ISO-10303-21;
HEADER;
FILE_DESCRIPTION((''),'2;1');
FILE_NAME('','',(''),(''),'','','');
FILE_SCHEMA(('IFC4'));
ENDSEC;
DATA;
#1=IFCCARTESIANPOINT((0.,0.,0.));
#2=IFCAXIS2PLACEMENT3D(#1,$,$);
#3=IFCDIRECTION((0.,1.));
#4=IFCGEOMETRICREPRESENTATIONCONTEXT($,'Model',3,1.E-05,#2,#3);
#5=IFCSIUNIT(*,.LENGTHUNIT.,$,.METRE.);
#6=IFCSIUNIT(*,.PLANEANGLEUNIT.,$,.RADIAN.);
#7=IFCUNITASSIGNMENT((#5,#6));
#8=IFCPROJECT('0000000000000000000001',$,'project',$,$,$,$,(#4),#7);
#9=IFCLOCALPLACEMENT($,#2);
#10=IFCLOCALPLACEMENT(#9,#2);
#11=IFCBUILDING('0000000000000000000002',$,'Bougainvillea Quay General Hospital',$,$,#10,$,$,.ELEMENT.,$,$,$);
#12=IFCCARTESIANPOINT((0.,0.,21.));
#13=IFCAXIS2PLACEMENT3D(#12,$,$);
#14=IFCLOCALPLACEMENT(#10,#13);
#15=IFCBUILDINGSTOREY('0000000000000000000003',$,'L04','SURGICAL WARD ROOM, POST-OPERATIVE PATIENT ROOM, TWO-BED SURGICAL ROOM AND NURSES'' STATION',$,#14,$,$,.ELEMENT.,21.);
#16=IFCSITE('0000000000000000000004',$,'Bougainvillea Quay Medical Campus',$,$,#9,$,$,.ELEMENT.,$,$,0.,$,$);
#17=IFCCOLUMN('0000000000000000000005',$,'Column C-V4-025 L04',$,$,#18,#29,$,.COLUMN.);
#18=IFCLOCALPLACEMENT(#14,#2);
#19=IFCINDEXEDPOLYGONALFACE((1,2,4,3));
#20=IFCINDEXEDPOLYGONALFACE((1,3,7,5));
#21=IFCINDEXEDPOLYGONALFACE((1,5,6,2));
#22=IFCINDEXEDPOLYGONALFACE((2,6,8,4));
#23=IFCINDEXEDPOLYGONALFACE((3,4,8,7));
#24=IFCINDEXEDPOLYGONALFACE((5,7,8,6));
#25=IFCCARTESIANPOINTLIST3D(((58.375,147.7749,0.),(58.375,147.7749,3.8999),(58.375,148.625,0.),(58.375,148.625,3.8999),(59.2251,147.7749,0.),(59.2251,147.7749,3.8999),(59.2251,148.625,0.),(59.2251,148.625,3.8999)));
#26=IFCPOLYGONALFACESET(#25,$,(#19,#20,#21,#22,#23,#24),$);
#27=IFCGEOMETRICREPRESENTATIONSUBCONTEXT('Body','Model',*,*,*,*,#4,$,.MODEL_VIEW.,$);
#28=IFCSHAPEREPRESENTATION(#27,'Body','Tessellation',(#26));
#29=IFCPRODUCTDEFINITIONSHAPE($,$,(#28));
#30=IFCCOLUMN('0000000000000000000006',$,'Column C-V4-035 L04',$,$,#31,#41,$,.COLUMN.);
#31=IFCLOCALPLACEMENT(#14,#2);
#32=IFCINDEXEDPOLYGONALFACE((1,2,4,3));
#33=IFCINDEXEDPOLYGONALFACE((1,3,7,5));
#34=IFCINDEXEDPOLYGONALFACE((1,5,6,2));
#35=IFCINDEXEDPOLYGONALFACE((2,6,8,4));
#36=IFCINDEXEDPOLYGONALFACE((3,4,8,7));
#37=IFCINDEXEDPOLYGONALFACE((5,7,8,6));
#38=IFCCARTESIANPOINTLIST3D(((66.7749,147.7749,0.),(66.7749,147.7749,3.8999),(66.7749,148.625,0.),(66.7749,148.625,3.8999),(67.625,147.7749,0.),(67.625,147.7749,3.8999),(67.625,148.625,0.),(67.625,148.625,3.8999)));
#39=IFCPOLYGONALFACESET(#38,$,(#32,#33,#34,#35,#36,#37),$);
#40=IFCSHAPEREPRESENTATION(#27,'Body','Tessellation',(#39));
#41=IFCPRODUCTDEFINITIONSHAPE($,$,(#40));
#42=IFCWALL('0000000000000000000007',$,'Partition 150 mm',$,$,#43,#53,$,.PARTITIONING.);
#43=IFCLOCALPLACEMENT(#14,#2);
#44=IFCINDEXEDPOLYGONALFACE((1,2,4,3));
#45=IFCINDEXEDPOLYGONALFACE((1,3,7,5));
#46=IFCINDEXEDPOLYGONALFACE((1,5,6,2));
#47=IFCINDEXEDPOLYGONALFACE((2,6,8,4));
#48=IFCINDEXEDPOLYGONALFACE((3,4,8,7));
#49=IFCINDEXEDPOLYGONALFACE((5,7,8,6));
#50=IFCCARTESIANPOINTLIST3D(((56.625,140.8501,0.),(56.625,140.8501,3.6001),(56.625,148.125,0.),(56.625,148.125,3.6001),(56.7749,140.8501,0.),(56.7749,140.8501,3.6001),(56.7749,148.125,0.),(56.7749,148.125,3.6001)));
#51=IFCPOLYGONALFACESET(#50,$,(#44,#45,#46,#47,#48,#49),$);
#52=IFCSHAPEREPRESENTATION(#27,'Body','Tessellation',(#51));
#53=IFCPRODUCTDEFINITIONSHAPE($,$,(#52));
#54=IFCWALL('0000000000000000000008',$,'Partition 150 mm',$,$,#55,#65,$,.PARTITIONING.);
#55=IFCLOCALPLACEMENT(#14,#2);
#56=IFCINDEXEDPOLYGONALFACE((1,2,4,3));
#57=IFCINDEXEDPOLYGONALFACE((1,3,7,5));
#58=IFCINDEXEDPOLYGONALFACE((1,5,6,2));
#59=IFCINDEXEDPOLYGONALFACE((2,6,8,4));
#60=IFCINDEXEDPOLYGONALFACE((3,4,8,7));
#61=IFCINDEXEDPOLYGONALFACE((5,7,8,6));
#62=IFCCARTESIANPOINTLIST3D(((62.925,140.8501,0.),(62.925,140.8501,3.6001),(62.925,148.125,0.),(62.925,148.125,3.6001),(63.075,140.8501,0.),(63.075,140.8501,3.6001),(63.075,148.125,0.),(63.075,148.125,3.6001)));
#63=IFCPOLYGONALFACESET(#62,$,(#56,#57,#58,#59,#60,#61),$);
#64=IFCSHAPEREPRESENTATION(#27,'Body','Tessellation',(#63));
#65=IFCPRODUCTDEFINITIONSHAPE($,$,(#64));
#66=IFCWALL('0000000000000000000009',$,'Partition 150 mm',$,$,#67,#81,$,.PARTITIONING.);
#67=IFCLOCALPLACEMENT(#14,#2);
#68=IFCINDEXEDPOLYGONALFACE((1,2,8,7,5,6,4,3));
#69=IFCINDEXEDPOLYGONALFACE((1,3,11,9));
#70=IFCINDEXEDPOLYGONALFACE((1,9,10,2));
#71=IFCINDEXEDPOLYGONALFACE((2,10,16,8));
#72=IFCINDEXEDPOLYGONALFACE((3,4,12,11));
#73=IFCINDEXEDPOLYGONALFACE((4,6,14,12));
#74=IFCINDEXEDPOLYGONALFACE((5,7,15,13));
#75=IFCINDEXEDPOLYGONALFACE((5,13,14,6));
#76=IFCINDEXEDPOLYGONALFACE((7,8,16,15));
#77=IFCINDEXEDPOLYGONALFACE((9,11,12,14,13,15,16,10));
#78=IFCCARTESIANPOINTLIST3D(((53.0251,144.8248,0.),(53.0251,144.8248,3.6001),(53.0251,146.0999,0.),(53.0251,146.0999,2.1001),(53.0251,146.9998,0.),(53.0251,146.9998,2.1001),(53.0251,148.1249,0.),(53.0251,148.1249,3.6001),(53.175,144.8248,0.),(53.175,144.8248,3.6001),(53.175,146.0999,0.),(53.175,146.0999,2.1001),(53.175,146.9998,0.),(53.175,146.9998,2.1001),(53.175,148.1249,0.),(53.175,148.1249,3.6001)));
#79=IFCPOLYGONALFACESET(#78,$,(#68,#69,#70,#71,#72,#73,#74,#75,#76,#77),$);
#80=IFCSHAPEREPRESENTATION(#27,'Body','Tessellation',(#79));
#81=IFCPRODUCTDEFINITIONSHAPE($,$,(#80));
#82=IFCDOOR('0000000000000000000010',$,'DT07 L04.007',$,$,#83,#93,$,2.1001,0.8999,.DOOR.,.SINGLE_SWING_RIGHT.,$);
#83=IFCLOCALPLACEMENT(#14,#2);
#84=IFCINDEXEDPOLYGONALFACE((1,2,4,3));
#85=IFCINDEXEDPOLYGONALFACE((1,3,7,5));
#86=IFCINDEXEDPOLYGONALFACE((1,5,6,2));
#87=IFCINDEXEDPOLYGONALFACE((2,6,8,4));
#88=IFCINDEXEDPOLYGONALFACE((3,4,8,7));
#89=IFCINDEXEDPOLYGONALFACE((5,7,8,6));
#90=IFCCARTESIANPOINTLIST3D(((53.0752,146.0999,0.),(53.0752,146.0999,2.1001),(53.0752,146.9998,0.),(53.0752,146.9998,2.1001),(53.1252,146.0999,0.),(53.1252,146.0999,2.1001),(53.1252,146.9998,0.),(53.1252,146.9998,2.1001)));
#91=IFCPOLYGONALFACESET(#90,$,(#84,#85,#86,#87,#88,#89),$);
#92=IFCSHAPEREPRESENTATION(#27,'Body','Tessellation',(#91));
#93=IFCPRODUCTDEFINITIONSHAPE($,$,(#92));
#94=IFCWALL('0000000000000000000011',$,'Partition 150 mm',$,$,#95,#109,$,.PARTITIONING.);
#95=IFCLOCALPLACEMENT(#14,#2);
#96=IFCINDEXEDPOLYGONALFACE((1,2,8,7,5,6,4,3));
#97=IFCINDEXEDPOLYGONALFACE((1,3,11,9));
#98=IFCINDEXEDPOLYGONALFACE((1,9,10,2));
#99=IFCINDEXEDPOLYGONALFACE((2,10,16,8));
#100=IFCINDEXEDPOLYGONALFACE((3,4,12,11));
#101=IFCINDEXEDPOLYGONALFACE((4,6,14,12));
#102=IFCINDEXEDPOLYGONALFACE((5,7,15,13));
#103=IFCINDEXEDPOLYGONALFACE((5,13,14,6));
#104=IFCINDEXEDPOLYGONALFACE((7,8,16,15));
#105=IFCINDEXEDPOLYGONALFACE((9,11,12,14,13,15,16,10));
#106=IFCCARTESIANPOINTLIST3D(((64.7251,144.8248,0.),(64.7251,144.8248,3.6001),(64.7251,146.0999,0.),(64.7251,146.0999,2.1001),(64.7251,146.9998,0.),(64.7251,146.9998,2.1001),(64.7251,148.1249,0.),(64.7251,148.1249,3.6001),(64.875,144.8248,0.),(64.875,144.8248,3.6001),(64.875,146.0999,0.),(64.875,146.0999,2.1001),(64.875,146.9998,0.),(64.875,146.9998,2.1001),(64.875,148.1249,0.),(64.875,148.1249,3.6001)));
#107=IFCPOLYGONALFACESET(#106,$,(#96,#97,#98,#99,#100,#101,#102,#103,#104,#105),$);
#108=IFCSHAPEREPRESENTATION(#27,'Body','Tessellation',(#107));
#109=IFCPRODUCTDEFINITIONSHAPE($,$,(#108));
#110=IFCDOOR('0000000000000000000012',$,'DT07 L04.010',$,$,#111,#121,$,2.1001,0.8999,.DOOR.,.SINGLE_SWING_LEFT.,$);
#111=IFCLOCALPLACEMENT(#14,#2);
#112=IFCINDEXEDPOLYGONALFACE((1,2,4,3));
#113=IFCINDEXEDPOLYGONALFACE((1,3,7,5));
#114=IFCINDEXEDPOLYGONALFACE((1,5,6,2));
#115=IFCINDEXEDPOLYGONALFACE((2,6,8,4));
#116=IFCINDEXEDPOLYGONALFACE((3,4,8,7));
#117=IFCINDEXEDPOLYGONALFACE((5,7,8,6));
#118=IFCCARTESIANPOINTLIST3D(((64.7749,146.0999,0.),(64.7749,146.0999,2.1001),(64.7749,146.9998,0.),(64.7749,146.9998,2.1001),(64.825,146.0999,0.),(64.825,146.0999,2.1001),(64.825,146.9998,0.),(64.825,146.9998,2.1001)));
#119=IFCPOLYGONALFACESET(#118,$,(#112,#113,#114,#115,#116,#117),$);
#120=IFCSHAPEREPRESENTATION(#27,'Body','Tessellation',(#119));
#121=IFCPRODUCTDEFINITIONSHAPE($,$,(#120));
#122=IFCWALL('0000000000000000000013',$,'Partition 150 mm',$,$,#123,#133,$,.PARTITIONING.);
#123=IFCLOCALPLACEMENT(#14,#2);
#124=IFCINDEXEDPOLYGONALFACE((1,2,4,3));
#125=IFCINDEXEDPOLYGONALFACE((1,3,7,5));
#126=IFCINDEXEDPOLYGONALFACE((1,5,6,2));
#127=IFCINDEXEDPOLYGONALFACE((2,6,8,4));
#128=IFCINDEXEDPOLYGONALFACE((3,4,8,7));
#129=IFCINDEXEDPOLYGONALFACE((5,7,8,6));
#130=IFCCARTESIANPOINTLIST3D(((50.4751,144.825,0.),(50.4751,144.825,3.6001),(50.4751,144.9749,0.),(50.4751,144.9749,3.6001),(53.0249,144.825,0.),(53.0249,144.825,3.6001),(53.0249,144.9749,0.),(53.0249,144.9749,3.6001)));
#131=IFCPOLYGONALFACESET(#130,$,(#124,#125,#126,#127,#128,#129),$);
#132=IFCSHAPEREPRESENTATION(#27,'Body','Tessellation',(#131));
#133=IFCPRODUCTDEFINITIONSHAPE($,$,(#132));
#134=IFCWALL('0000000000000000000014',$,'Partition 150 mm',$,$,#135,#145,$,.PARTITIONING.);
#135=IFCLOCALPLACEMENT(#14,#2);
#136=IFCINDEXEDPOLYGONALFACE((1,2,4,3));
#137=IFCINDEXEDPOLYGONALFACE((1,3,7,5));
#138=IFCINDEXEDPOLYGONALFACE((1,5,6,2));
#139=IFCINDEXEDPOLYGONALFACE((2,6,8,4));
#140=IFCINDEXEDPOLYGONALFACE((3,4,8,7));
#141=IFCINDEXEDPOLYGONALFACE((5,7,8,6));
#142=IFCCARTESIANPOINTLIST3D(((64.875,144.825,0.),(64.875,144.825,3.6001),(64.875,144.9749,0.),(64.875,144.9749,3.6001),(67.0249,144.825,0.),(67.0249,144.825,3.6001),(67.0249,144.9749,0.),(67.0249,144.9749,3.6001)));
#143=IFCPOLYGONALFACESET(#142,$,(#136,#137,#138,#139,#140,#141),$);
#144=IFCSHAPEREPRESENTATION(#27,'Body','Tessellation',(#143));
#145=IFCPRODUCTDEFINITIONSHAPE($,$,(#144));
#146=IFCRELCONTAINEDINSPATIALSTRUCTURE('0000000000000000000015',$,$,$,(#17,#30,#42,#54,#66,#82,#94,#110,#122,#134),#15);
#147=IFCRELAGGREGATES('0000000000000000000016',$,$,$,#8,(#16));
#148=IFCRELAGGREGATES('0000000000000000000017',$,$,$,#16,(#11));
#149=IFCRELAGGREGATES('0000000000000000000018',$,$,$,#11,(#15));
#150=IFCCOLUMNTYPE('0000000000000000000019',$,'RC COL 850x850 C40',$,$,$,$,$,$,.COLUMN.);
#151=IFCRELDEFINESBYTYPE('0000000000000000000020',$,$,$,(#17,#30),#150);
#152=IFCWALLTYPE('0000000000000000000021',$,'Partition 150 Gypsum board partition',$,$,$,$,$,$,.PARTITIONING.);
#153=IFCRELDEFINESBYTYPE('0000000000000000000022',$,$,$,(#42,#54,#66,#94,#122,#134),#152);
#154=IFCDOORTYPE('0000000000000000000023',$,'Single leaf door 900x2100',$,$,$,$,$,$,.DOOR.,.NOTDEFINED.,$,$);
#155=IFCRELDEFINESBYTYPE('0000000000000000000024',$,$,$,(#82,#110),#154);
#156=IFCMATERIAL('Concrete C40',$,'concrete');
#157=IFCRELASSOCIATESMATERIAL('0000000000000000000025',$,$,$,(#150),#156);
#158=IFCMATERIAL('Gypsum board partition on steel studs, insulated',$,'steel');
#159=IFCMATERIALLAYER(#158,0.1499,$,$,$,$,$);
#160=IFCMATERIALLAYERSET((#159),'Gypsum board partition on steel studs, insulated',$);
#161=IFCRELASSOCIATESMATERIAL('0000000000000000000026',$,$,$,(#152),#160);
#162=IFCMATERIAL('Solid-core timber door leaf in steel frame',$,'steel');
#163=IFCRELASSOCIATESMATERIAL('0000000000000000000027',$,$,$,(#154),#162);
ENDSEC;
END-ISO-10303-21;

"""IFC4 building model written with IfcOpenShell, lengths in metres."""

from ifc_helpers import new_model, si_unit, direction, frame, frame_2d, origin, origin_2d, place, context, subcontext, project, spatial, rectangle, extrude, material, layer, layer_set, material_profile, profile_set, type_object, element, fill, save


model = new_model("IFC4")

# Units and contexts
model_context = context("Model", 3, precision=1e-05, world=origin(), true_north=direction((0.0, 1.0)))
body_context = subcontext(model_context, "Body", "Model", "MODEL_VIEW")
ifc_project = project(units=[si_unit("LENGTHUNIT", "METRE"), si_unit("PLANEANGLEUNIT", "RADIAN")], contexts=[model_context])

# Site, building, storey
site_placement = place(None, origin())
site = spatial("IfcSite", under=ifc_project, at=site_placement, Name="Bougainvillea Quay Medical Campus", CompositionType="ELEMENT", RefElevation=0.0)
building_placement = place(site_placement, origin())
building = spatial("IfcBuilding", under=site, at=building_placement, Name="Bougainvillea Quay General Hospital", CompositionType="ELEMENT")
storey_placement = place(building_placement, frame((0.0, 0.0, 21.0)))
storey = spatial("IfcBuildingStorey", under=building, at=storey_placement, Name="L04", Description="SURGICAL WARD ROOM, POST-OPERATIVE PATIENT ROOM, TWO-BED SURGICAL ROOM AND NURSES' STATION", CompositionType="ELEMENT", Elevation=21.0)

# Columns
ifc_material_1 = material(Name="Concrete C40", Category="concrete")
ifc_material_profile_1 = material_profile(ifc_material_1, rectangle(XDim=0.8501, YDim=0.8501, at=origin_2d()))
ifc_profile_set_1 = profile_set([ifc_material_profile_1], Name="Concrete C40")
column_type = type_object("IfcColumnType", Name="RC COL 850x850 C40", PredefinedType="COLUMN", material=ifc_profile_set_1)
for number, where, z_axis, x_axis, name in (
    (1, (58.8, 148.2, 0.0), (0.0, 0.0, 1.0), (1.0, 0.0, 0.0), "Column C-V4-025 L04"),
    (2, (67.2, 148.2, 0.0), (0.0, 0.0, 1.0), (1.0, 0.0, 0.0), "Column C-V4-035 L04"),
):
    element("IfcColumn", number, at=place(storey_placement, frame(where, z_axis=z_axis, x_axis=x_axis)), inside=storey, type_object=column_type, Name=name, PredefinedType="COLUMN", context=body_context, shape_type="SweptSolid", body=[
        extrude(rectangle(XDim=0.8501, YDim=0.8501, at=origin_2d()), origin(), (0.0, 0.0, 1.0), 3.8999),
    ])

# Walls
ifc_material_2 = material(Name="Gypsum board partition on steel studs, insulated", Category="steel")
ifc_layer_1 = layer(ifc_material_2, 0.1499)
ifc_layer_set_1 = layer_set([ifc_layer_1], Name="Gypsum board partition on steel studs, insulated")
wall_type_1 = type_object("IfcWallType", Name="Partition 150 Gypsum board partition", PredefinedType="PARTITIONING", material=ifc_layer_set_1)
for number, where, z_axis, x_axis, name in (
    (3, (56.7, 140.8501, 0.0), (0.0, 0.0, 1.0), (0.0, 1.0, 0.0), "Partition 150 mm"),
    (4, (63.0, 140.8501, 0.0), (0.0, 0.0, 1.0), (0.0, 1.0, 0.0), "Partition 150 mm"),
):
    element("IfcWall", number, at=place(storey_placement, frame(where, z_axis=z_axis, x_axis=x_axis)), inside=storey, type_object=wall_type_1, Name=name, PredefinedType="PARTITIONING", context=body_context, shape_type="SweptSolid", body=[
        extrude(rectangle(XDim=7.2749, YDim=0.1499, at=frame_2d((3.6375, 0.0))), origin(), (0.0, 0.0, 1.0), 3.6001),
    ])

# Walls, openings, doors
wall_1_placement = place(storey_placement, frame((53.1001, 144.825, 0.0), z_axis=(0.0, 0.0, 1.0), x_axis=(0.0, 1.0, 0.0)))
wall_1 = element("IfcWall", 5, at=wall_1_placement, inside=storey, type_object=wall_type_1, Name="Partition 150 mm", PredefinedType="PARTITIONING", context=body_context, shape_type="SweptSolid", body=[
    extrude(rectangle(XDim=3.3, YDim=0.1499, at=frame_2d((1.6499, 0.0))), origin(), (0.0, 0.0, 1.0), 3.6001),
])
opening_1_placement = place(wall_1_placement, frame((1.2749, 0.0, 0.0)))
opening_1 = element("IfcOpeningElement", 6, at=opening_1_placement, cuts=wall_1, PredefinedType="OPENING", context=body_context, shape_type="SweptSolid", body=[
    extrude(rectangle(XDim=0.8999, YDim=2.1001, at=frame_2d((0.45, 1.05))), frame((0.0, 0.085, 0.0), z_axis=(0.0, -1.0, 0.0), x_axis=(1.0, 0.0, 0.0)), (0.0, 0.0, 1.0), 0.1699),
])
ifc_material_3 = material(Name="Solid-core timber door leaf in steel frame", Category="steel")
door_type_1 = type_object("IfcDoorType", Name="Single leaf door 900x2100", OperationType="NOTDEFINED", PredefinedType="DOOR", material=ifc_material_3)
door_1_placement = place(opening_1_placement, origin())
door_1 = element("IfcDoor", 7, at=door_1_placement, inside=storey, type_object=door_type_1, Name="DT07 L04.007", OperationType="SINGLE_SWING_RIGHT", OverallHeight=2.1001, OverallWidth=0.8999, PredefinedType="DOOR", context=body_context, shape_type="SweptSolid", body=[
    extrude(rectangle(XDim=0.8999, YDim=2.1001, at=frame_2d((0.45, 1.05))), frame((0.0, 0.0249, 0.0), z_axis=(0.0, -1.0, 0.0), x_axis=(1.0, 0.0, 0.0)), (0.0, 0.0, 1.0), 0.05),
])
fill(opening_1, door_1)
wall_2_placement = place(storey_placement, frame((64.8, 144.825, 0.0), z_axis=(0.0, 0.0, 1.0), x_axis=(0.0, 1.0, 0.0)))
wall_2 = element("IfcWall", 8, at=wall_2_placement, inside=storey, type_object=wall_type_1, Name="Partition 150 mm", PredefinedType="PARTITIONING", context=body_context, shape_type="SweptSolid", body=[
    extrude(rectangle(XDim=3.3, YDim=0.1499, at=frame_2d((1.6499, 0.0))), origin(), (0.0, 0.0, 1.0), 3.6001),
])
opening_2_placement = place(wall_2_placement, frame((1.2749, 0.0, 0.0)))
opening_2 = element("IfcOpeningElement", 9, at=opening_2_placement, cuts=wall_2, PredefinedType="OPENING", context=body_context, shape_type="SweptSolid", body=[
    extrude(rectangle(XDim=0.8999, YDim=2.1001, at=frame_2d((0.45, 1.05))), frame((0.0, 0.085, 0.0), z_axis=(0.0, -1.0, 0.0), x_axis=(1.0, 0.0, 0.0)), (0.0, 0.0, 1.0), 0.1699),
])
door_2_placement = place(opening_2_placement, frame((0.8999, 0.0, 0.0), z_axis=(0.0, 0.0, 1.0), x_axis=(-1.0, 0.0, 0.0)))
door_2 = element("IfcDoor", 10, at=door_2_placement, inside=storey, type_object=door_type_1, Name="DT07 L04.010", OperationType="SINGLE_SWING_LEFT", OverallHeight=2.1001, OverallWidth=0.8999, PredefinedType="DOOR", context=body_context, shape_type="SweptSolid", body=[
    extrude(rectangle(XDim=0.8999, YDim=2.1001, at=frame_2d((0.45, 1.05))), frame((0.0, 0.0249, 0.0), z_axis=(0.0, -1.0, 0.0), x_axis=(1.0, 0.0, 0.0)), (0.0, 0.0, 1.0), 0.05),
])
fill(opening_2, door_2)

# Walls
wall_3_placement = place(storey_placement, frame((50.4751, 144.8999, 0.0), z_axis=(0.0, 0.0, 1.0), x_axis=(1.0, 0.0, 0.0)))
element("IfcWall", 11, at=wall_3_placement, inside=storey, type_object=wall_type_1, Name="Partition 150 mm", PredefinedType="PARTITIONING", context=body_context, shape_type="SweptSolid", body=[
    extrude(rectangle(XDim=2.5498, YDim=0.1499, at=frame_2d((1.2749, 0.0))), origin(), (0.0, 0.0, 1.0), 3.6001),
])
wall_4_placement = place(storey_placement, frame((64.875, 144.8999, 0.0), z_axis=(0.0, 0.0, 1.0), x_axis=(1.0, 0.0, 0.0)))
element("IfcWall", 12, at=wall_4_placement, inside=storey, type_object=wall_type_1, Name="Partition 150 mm", PredefinedType="PARTITIONING", context=body_context, shape_type="SweptSolid", body=[
    extrude(rectangle(XDim=2.1499, YDim=0.1499, at=frame_2d((1.075, 0.0))), origin(), (0.0, 0.0, 1.0), 3.6001),
])

save(model, "model.ifc")
